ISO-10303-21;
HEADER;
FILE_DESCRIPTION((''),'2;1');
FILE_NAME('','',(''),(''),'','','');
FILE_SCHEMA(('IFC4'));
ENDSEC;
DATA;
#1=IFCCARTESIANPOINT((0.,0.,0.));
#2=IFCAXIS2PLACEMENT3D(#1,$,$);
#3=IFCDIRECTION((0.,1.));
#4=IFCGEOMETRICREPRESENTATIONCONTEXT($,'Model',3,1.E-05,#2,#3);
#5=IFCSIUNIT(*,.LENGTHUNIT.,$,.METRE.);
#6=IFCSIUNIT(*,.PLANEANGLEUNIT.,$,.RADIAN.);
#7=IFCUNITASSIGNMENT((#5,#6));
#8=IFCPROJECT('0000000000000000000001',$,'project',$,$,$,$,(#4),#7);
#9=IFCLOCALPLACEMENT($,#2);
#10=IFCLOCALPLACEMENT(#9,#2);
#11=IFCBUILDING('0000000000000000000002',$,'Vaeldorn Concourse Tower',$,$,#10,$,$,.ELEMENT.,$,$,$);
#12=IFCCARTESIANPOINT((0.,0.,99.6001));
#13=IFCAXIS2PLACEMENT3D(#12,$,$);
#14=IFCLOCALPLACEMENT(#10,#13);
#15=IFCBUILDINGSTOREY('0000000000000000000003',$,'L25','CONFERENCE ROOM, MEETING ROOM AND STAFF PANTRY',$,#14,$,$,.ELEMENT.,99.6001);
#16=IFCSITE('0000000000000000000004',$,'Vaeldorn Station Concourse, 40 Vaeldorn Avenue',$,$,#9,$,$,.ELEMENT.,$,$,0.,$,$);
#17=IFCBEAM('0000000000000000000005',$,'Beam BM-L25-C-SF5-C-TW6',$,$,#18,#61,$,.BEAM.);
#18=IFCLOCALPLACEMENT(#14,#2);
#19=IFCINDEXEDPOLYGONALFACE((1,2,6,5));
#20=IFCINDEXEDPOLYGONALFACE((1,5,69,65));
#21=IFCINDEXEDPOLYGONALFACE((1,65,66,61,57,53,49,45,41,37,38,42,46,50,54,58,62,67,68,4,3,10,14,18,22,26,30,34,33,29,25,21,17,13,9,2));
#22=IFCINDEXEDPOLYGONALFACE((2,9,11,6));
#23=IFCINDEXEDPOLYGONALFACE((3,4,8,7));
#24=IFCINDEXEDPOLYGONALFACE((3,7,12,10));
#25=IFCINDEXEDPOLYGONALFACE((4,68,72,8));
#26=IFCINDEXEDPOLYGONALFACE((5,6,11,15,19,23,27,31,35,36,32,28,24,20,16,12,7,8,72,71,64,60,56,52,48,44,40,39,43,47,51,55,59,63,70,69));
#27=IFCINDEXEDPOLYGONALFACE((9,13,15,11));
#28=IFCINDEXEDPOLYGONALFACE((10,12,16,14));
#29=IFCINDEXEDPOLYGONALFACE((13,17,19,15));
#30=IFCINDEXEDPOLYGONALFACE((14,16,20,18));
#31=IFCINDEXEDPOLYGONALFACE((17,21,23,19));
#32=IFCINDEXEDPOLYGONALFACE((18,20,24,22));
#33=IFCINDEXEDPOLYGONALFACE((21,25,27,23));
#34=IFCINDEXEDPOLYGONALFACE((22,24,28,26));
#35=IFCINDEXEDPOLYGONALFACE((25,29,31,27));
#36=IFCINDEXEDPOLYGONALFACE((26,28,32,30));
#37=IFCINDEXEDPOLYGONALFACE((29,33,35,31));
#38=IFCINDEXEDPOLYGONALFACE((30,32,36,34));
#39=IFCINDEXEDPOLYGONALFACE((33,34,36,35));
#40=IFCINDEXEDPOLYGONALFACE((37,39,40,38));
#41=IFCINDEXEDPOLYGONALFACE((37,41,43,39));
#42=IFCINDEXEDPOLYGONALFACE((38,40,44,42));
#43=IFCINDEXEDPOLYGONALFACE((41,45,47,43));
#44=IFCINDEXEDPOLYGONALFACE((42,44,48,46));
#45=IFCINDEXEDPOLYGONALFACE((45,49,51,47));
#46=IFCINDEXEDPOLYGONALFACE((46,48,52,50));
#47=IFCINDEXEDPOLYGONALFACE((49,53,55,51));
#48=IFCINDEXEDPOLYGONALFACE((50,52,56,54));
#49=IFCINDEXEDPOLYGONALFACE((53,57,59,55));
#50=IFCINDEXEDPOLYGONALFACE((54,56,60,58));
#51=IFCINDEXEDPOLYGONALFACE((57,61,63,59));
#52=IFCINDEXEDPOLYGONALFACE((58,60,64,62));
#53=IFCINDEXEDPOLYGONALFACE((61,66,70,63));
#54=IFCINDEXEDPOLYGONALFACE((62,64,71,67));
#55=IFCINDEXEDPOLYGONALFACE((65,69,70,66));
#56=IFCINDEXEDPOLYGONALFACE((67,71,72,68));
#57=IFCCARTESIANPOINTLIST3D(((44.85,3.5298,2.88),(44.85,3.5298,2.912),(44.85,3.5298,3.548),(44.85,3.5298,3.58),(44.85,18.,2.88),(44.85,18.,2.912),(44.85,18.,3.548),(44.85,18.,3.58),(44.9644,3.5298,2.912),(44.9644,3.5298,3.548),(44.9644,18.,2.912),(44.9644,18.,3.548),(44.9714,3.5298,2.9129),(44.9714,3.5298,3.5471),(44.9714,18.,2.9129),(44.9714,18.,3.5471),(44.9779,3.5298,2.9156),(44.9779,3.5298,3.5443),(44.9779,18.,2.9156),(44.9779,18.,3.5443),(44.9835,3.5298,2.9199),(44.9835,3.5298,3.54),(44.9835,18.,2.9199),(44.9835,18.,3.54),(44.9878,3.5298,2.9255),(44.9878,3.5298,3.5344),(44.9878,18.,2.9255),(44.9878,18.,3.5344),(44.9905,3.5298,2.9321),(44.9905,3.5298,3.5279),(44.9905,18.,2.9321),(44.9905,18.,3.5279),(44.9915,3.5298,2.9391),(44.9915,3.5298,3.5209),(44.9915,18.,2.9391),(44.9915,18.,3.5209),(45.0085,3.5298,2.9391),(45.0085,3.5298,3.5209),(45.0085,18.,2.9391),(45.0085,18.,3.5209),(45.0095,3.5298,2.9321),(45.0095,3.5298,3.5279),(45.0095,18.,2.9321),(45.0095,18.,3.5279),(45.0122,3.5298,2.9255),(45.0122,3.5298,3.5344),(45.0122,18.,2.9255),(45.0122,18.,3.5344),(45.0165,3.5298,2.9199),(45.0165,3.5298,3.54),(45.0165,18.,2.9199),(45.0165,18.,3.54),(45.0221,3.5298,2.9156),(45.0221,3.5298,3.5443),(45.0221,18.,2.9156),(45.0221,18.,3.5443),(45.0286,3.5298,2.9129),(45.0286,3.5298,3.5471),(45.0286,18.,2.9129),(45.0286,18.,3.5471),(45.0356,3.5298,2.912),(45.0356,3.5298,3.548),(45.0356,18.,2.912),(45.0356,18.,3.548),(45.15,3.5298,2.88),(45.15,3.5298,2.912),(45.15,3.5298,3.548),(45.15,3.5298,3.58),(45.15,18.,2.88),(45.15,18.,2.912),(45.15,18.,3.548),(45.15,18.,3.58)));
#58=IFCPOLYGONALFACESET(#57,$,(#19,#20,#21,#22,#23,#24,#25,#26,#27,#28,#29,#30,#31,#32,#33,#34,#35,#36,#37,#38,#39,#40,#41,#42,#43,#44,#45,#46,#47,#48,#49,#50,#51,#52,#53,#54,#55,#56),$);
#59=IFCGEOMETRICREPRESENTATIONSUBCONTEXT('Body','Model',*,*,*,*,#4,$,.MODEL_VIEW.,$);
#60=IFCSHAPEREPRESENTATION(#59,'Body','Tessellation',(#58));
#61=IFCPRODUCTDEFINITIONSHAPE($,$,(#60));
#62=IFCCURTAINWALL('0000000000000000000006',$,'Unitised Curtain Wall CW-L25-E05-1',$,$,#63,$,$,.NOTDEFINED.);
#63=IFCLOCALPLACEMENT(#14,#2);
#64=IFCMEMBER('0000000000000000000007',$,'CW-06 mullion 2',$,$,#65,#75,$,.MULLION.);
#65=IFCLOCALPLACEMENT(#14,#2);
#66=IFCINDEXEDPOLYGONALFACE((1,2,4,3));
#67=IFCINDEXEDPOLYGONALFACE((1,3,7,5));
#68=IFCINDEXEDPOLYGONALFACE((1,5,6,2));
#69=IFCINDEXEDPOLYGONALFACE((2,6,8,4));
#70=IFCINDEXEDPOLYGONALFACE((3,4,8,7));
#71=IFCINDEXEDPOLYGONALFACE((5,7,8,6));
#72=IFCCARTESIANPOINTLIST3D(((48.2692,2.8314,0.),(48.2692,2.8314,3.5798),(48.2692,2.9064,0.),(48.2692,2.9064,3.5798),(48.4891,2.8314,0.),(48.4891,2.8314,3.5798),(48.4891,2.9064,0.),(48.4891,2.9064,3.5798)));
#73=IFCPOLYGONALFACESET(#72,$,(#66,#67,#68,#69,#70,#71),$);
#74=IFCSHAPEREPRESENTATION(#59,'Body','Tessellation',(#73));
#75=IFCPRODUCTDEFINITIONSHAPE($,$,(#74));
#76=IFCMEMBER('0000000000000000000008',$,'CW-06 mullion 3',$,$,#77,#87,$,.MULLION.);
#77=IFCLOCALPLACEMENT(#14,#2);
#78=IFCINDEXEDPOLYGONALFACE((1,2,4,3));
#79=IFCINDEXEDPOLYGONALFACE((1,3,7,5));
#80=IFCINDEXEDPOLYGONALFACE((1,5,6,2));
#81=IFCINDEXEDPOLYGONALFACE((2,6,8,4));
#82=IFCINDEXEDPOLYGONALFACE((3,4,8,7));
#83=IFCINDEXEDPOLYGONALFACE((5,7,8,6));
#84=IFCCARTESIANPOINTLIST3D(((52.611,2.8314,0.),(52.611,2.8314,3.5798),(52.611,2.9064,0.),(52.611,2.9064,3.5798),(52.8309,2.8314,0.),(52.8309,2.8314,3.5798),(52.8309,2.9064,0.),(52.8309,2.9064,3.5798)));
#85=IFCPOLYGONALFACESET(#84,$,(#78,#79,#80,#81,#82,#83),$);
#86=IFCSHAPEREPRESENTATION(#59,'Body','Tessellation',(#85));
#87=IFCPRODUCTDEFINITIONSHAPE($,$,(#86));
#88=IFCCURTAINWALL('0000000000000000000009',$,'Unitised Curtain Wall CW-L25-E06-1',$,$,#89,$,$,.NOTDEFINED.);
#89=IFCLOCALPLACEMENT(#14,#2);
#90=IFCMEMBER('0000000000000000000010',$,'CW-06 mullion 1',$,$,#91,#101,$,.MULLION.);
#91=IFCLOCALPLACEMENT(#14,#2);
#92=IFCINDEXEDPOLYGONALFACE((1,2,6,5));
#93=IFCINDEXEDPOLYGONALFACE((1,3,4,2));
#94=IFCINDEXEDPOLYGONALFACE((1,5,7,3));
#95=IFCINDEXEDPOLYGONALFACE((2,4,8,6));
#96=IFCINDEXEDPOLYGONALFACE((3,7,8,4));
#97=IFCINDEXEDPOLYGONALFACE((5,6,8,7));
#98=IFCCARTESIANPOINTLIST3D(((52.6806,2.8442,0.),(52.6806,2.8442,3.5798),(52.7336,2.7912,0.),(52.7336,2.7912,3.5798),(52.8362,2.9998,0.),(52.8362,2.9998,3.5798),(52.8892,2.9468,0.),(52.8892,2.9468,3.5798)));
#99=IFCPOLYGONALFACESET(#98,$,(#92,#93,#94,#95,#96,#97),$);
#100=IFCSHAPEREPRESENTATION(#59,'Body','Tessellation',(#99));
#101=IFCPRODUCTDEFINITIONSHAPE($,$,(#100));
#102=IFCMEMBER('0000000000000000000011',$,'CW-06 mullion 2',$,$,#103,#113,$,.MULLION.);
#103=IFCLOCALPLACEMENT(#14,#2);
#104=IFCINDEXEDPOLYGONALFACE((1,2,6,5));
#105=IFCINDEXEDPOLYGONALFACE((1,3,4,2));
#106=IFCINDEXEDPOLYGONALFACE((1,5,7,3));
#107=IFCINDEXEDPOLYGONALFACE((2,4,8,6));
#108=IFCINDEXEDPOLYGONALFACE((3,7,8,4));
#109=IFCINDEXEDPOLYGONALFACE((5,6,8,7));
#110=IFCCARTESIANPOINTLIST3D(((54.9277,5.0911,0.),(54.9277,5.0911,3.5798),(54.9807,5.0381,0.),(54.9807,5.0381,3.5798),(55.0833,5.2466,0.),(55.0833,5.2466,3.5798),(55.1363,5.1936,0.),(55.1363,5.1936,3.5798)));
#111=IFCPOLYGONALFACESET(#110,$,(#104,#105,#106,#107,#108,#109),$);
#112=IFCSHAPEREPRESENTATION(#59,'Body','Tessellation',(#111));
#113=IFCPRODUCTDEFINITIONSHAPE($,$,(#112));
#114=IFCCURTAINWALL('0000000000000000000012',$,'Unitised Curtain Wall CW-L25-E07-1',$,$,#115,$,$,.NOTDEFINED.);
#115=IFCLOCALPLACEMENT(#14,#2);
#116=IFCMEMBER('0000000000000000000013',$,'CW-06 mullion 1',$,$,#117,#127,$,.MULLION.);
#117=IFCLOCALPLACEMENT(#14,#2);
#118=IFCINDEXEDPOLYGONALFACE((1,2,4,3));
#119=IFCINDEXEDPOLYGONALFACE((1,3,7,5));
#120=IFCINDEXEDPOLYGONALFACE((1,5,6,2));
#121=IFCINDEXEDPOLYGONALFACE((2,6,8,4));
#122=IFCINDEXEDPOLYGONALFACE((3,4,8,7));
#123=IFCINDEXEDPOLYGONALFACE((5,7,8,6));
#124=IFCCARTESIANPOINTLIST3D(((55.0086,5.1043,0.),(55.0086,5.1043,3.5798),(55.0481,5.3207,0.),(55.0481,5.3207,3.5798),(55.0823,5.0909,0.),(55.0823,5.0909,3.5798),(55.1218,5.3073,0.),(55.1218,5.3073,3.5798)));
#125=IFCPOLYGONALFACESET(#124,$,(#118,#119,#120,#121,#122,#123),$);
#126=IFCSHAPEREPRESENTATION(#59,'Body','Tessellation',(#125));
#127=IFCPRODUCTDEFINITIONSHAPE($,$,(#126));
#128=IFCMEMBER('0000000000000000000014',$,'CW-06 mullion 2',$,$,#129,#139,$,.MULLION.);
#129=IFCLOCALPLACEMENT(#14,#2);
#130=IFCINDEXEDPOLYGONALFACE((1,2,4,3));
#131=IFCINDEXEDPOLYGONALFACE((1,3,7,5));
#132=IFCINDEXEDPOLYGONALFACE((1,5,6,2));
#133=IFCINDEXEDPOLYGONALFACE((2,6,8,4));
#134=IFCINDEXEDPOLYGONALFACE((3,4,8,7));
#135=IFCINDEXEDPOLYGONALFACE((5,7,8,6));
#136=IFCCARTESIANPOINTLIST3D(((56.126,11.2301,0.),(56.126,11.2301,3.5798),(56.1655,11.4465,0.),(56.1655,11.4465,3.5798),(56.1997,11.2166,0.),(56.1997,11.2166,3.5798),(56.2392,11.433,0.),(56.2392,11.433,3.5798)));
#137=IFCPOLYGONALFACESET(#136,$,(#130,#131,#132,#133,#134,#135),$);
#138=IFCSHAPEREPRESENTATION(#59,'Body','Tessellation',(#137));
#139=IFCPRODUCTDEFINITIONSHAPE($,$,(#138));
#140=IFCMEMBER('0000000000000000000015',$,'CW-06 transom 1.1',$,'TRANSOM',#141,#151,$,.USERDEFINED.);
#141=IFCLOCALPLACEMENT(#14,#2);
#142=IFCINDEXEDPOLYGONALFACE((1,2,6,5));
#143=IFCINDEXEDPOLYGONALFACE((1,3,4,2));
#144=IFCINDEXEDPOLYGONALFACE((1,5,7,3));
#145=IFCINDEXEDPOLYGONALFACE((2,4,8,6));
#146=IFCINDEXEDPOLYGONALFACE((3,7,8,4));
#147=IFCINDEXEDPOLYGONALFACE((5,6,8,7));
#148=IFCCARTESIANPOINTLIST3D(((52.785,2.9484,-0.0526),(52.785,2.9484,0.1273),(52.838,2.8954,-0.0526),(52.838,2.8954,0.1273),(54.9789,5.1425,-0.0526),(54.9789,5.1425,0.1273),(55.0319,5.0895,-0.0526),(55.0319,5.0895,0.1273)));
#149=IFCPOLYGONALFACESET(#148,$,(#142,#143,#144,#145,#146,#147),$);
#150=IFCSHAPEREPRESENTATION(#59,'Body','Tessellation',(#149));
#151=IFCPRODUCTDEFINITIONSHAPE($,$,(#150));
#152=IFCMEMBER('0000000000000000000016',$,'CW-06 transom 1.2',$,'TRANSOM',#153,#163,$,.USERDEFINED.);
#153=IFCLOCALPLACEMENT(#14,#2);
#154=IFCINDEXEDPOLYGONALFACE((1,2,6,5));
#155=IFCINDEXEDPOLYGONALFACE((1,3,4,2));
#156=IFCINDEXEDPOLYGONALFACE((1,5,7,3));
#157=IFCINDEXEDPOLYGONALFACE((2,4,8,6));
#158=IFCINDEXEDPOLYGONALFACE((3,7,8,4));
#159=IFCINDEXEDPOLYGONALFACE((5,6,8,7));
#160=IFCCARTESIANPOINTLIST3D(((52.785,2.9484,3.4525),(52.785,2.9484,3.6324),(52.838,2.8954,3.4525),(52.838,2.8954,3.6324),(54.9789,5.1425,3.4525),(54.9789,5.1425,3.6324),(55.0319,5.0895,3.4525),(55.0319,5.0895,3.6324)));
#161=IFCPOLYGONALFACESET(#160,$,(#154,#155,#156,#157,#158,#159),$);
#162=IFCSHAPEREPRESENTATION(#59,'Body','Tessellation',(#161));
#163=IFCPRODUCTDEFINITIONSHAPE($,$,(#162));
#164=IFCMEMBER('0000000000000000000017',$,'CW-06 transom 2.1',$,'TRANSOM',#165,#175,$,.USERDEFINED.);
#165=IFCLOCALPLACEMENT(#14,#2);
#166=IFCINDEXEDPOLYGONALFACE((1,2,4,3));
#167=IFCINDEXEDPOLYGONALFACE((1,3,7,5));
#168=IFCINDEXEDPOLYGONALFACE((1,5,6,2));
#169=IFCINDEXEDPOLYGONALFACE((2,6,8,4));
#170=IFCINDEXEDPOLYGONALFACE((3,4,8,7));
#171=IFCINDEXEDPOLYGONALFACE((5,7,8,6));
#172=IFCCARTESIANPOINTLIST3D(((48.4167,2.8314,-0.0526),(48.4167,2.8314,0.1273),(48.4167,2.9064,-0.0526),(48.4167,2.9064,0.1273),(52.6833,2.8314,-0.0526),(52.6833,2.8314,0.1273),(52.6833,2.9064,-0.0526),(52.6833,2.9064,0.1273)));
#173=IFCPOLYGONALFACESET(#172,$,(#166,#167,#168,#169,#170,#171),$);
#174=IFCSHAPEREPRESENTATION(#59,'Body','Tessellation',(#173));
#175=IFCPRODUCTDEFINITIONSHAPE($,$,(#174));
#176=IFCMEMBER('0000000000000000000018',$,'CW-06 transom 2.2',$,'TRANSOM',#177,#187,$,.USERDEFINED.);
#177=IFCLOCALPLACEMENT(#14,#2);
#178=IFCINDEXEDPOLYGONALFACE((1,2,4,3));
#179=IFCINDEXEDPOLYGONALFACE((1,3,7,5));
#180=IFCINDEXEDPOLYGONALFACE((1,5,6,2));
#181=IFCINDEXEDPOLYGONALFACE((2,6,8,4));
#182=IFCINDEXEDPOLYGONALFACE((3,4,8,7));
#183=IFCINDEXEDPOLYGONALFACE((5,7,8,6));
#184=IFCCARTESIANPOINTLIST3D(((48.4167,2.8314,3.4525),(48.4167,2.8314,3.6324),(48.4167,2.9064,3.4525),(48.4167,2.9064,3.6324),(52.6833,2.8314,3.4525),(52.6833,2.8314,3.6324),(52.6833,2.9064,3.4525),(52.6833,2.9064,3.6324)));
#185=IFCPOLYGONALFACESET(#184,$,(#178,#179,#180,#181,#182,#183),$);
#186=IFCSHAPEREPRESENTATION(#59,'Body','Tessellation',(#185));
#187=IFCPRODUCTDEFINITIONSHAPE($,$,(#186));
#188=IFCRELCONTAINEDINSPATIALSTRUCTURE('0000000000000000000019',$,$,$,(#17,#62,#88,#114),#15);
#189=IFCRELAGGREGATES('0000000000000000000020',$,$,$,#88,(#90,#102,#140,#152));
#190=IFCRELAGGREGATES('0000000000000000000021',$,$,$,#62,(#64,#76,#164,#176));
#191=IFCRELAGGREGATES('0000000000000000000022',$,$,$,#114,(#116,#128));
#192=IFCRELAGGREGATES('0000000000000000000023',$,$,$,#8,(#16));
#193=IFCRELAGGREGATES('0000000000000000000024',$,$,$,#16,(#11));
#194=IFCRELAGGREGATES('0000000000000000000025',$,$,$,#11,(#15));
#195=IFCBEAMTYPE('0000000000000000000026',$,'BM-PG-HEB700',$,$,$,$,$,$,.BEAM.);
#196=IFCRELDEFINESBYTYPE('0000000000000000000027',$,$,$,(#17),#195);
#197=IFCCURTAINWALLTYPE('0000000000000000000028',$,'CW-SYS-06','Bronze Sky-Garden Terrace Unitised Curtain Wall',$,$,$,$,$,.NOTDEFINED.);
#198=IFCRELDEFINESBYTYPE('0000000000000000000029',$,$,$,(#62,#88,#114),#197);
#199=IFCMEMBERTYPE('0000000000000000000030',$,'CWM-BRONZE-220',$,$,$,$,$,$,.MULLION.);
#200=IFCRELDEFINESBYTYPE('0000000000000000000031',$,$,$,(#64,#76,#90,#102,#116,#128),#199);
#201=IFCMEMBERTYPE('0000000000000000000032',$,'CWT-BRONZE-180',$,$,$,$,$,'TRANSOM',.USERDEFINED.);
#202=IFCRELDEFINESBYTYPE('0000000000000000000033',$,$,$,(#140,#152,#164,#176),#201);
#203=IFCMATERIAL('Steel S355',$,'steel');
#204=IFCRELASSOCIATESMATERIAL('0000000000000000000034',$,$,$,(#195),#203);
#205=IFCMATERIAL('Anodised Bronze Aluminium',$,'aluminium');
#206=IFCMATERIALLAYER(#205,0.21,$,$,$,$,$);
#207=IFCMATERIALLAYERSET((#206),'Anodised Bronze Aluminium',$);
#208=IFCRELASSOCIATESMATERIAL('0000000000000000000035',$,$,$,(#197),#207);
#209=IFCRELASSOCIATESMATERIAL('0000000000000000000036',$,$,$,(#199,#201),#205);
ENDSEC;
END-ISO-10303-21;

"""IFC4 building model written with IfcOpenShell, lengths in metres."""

from ifc_helpers import new_model, si_unit, direction, frame, origin, origin_2d, place, context, subcontext, project, spatial, rectangle, i_section, extrude, source, transform, mapped, material, layer, layer_set, material_profile, profile_set, type_object, element, aggregate, save


model = new_model("IFC4")

# Units and contexts
model_context = context("Model", 3, precision=1e-05, world=origin(), true_north=direction((0.0, 1.0)))
body_context = subcontext(model_context, "Body", "Model", "MODEL_VIEW")
ifc_project = project(units=[si_unit("LENGTHUNIT", "METRE"), si_unit("PLANEANGLEUNIT", "RADIAN")], contexts=[model_context])

# Site, building, storey
site_placement = place(None, origin())
site = spatial("IfcSite", under=ifc_project, at=site_placement, Name="Vaeldorn Station Concourse, 40 Vaeldorn Avenue", CompositionType="ELEMENT", RefElevation=0.0)
building_placement = place(site_placement, origin())
building = spatial("IfcBuilding", under=site, at=building_placement, Name="Vaeldorn Concourse Tower", CompositionType="ELEMENT")
storey_placement = place(building_placement, frame((0.0, 0.0, 99.6001)))
storey = spatial("IfcBuildingStorey", under=building, at=storey_placement, Name="L25", Description="CONFERENCE ROOM, MEETING ROOM AND STAFF PANTRY", CompositionType="ELEMENT", Elevation=99.6001)

# Beam
ifc_material_1 = material(Name="Steel S355", Category="steel")
ifc_material_profile_1 = material_profile(ifc_material_1, i_section(OverallWidth=0.3, OverallDepth=0.7, WebThickness=0.0171, FlangeThickness=0.032, FilletRadius=0.0271, at=origin_2d()), Name="HEB 700")
ifc_profile_set_1 = profile_set([ifc_material_profile_1], Name="Steel S355")
beam_type_1 = type_object("IfcBeamType", Name="BM-PG-HEB700", PredefinedType="BEAM", material=ifc_profile_set_1)
shared_shape_1 = source(origin(), body_context, "Body", "SweptSolid", [
    extrude(i_section(OverallWidth=0.3, OverallDepth=0.7, WebThickness=0.0171, FlangeThickness=0.032, FilletRadius=0.0271, at=origin_2d()), origin(), (0.0, 0.0, 1.0), 14.4702),
])
beam_1_placement = place(storey_placement, frame((45.0, 3.5298, 3.23), z_axis=(0.0, 1.0, 0.0), x_axis=(-1.0, 0.0, 0.0)))
element("IfcBeam", 1, at=beam_1_placement, inside=storey, type_object=beam_type_1, Name="Beam BM-L25-C-SF5-C-TW6", PredefinedType="BEAM", context=body_context, shape_type="MappedRepresentation", body=[
    mapped(shared_shape_1, transform((0.0, 0.0, 0.0), scale=1.0)),
])

# Curtain walls, members
ifc_material_2 = material(Name="Anodised Bronze Aluminium", Category="aluminium")
ifc_layer_1 = layer(ifc_material_2, 0.21)
ifc_layer_set_1 = layer_set([ifc_layer_1], Name="Anodised Bronze Aluminium")
curtain_wall_type = type_object("IfcCurtainWallType", Name="CW-SYS-06", Description="Bronze Sky-Garden Terrace Unitised Curtain Wall", PredefinedType="NOTDEFINED", material=ifc_layer_set_1)
curtain_wall_1_placement = place(storey_placement, origin())
curtain_wall_1 = element("IfcCurtainWall", 2, at=curtain_wall_1_placement, inside=storey, type_object=curtain_wall_type, Name="Unitised Curtain Wall CW-L25-E05-1", PredefinedType="NOTDEFINED")
ifc_material_profile_2 = material_profile(ifc_material_2, rectangle(XDim=0.075, YDim=0.22, at=origin_2d()), Name="CWM 75x220")
ifc_profile_set_2 = profile_set([ifc_material_profile_2], Name="Anodised Bronze Aluminium")
member_type_1 = type_object("IfcMemberType", Name="CWM-BRONZE-220", PredefinedType="MULLION", material=ifc_profile_set_2)
shared_shape_2 = source(origin(), body_context, "Body", "SweptSolid", [
    extrude(rectangle(XDim=0.075, YDim=0.22, at=origin_2d()), origin(), (0.0, 0.0, 1.0), 3.5798),
])
member_1_placement = place(storey_placement, frame((48.3792, 2.8689, 0.0), z_axis=(0.0, 0.0, 1.0), x_axis=(0.0, 1.0, 0.0)))
member_1 = element("IfcMember", 3, at=member_1_placement, type_object=member_type_1, Name="CW-06 mullion 2", PredefinedType="MULLION", context=body_context, shape_type="MappedRepresentation", body=[
    mapped(shared_shape_2, transform((0.0, 0.0, 0.0), scale=1.0)),
])
member_2_placement = place(storey_placement, frame((52.7209, 2.8689, 0.0), z_axis=(0.0, 0.0, 1.0), x_axis=(0.0, 1.0, 0.0)))
member_2 = element("IfcMember", 4, at=member_2_placement, type_object=member_type_1, Name="CW-06 mullion 3", PredefinedType="MULLION", context=body_context, shape_type="MappedRepresentation", body=[
    mapped(shared_shape_2, transform((0.0, 0.0, 0.0), scale=1.0)),
])
curtain_wall_2_placement = place(storey_placement, origin())
curtain_wall_2 = element("IfcCurtainWall", 5, at=curtain_wall_2_placement, inside=storey, type_object=curtain_wall_type, Name="Unitised Curtain Wall CW-L25-E06-1", PredefinedType="NOTDEFINED")
member_3_placement = place(storey_placement, frame((52.7849, 2.8955, 0.0), z_axis=(0.0, 0.0, 1.0), x_axis=(-0.707107, 0.707107, 0.0)))
member_3 = element("IfcMember", 6, at=member_3_placement, type_object=member_type_1, Name="CW-06 mullion 1", PredefinedType="MULLION", context=body_context, shape_type="MappedRepresentation", body=[
    mapped(shared_shape_2, transform((0.0, 0.0, 0.0), scale=1.0)),
])
member_4_placement = place(storey_placement, frame((55.032, 5.1423, 0.0), z_axis=(0.0, 0.0, 1.0), x_axis=(-0.707107, 0.707107, 0.0)))
member_4 = element("IfcMember", 7, at=member_4_placement, type_object=member_type_1, Name="CW-06 mullion 2", PredefinedType="MULLION", context=body_context, shape_type="MappedRepresentation", body=[
    mapped(shared_shape_2, transform((0.0, 0.0, 0.0), scale=1.0)),
])
curtain_wall_3_placement = place(storey_placement, origin())
curtain_wall_3 = element("IfcCurtainWall", 8, at=curtain_wall_3_placement, inside=storey, type_object=curtain_wall_type, Name="Unitised Curtain Wall CW-L25-E07-1", PredefinedType="NOTDEFINED")
member_5_placement = place(storey_placement, frame((55.0652, 5.2058, 0.0), z_axis=(0.0, 0.0, 1.0), x_axis=(-0.983763, 0.179473, 0.0)))
member_5 = element("IfcMember", 9, at=member_5_placement, type_object=member_type_1, Name="CW-06 mullion 1", PredefinedType="MULLION", context=body_context, shape_type="MappedRepresentation", body=[
    mapped(shared_shape_2, transform((0.0, 0.0, 0.0), scale=1.0)),
])
member_6_placement = place(storey_placement, frame((56.1826, 11.3315, 0.0), z_axis=(0.0, 0.0, 1.0), x_axis=(-0.983763, 0.179473, 0.0)))
member_6 = element("IfcMember", 10, at=member_6_placement, type_object=member_type_1, Name="CW-06 mullion 2", PredefinedType="MULLION", context=body_context, shape_type="MappedRepresentation", body=[
    mapped(shared_shape_2, transform((0.0, 0.0, 0.0), scale=1.0)),
])

# Members
ifc_material_profile_3 = material_profile(ifc_material_2, rectangle(XDim=0.075, YDim=0.1799, at=origin_2d()), Name="CWT 75x180")
ifc_profile_set_3 = profile_set([ifc_material_profile_3], Name="Anodised Bronze Aluminium")
member_type_2 = type_object("IfcMemberType", Name="CWT-BRONZE-180", ElementType="TRANSOM", PredefinedType="USERDEFINED", material=ifc_profile_set_3)
shared_shape_3 = source(origin(), body_context, "Body", "SweptSolid", [
    extrude(rectangle(XDim=0.075, YDim=0.1799, at=origin_2d()), origin(), (0.0, 0.0, 1.0), 3.1028),
])
member_7_placement = place(storey_placement, frame((52.8115, 2.9219, 0.0374), z_axis=(0.707067, 0.707146, 0.0), x_axis=(-0.707146, 0.707067, 0.0)))
member_7 = element("IfcMember", 11, at=member_7_placement, type_object=member_type_2, Name="CW-06 transom 1.1", ObjectType="TRANSOM", PredefinedType="USERDEFINED", context=body_context, shape_type="MappedRepresentation", body=[
    mapped(shared_shape_3, transform((0.0, 0.0, 0.0), scale=1.0)),
])
member_8_placement = place(storey_placement, frame((52.8115, 2.9219, 3.5425), z_axis=(0.707067, 0.707146, 0.0), x_axis=(-0.707146, 0.707067, 0.0)))
member_8 = element("IfcMember", 12, at=member_8_placement, type_object=member_type_2, Name="CW-06 transom 1.2", ObjectType="TRANSOM", PredefinedType="USERDEFINED", context=body_context, shape_type="MappedRepresentation", body=[
    mapped(shared_shape_3, transform((0.0, 0.0, 0.0), scale=1.0)),
])
shared_shape_4 = source(origin(), body_context, "Body", "SweptSolid", [
    extrude(rectangle(XDim=0.075, YDim=0.1799, at=origin_2d()), origin(), (0.0, 0.0, 1.0), 4.2666),
])
member_9_placement = place(storey_placement, frame((48.4167, 2.8689, 0.0374), z_axis=(1.0, 0.0, 0.0), x_axis=(0.0, 1.0, 0.0)))
member_9 = element("IfcMember", 13, at=member_9_placement, type_object=member_type_2, Name="CW-06 transom 2.1", ObjectType="TRANSOM", PredefinedType="USERDEFINED", context=body_context, shape_type="MappedRepresentation", body=[
    mapped(shared_shape_4, transform((0.0, 0.0, 0.0), scale=1.0)),
])
member_10_placement = place(storey_placement, frame((48.4167, 2.8689, 3.5425), z_axis=(1.0, 0.0, 0.0), x_axis=(0.0, 1.0, 0.0)))
member_10 = element("IfcMember", 14, at=member_10_placement, type_object=member_type_2, Name="CW-06 transom 2.2", ObjectType="TRANSOM", PredefinedType="USERDEFINED", context=body_context, shape_type="MappedRepresentation", body=[
    mapped(shared_shape_4, transform((0.0, 0.0, 0.0), scale=1.0)),
])

aggregate(curtain_wall_2, [member_3, member_4, member_7, member_8])
aggregate(curtain_wall_1, [member_1, member_2, member_9, member_10])
aggregate(curtain_wall_3, [member_5, member_6])

save(model, "model.ifc")
